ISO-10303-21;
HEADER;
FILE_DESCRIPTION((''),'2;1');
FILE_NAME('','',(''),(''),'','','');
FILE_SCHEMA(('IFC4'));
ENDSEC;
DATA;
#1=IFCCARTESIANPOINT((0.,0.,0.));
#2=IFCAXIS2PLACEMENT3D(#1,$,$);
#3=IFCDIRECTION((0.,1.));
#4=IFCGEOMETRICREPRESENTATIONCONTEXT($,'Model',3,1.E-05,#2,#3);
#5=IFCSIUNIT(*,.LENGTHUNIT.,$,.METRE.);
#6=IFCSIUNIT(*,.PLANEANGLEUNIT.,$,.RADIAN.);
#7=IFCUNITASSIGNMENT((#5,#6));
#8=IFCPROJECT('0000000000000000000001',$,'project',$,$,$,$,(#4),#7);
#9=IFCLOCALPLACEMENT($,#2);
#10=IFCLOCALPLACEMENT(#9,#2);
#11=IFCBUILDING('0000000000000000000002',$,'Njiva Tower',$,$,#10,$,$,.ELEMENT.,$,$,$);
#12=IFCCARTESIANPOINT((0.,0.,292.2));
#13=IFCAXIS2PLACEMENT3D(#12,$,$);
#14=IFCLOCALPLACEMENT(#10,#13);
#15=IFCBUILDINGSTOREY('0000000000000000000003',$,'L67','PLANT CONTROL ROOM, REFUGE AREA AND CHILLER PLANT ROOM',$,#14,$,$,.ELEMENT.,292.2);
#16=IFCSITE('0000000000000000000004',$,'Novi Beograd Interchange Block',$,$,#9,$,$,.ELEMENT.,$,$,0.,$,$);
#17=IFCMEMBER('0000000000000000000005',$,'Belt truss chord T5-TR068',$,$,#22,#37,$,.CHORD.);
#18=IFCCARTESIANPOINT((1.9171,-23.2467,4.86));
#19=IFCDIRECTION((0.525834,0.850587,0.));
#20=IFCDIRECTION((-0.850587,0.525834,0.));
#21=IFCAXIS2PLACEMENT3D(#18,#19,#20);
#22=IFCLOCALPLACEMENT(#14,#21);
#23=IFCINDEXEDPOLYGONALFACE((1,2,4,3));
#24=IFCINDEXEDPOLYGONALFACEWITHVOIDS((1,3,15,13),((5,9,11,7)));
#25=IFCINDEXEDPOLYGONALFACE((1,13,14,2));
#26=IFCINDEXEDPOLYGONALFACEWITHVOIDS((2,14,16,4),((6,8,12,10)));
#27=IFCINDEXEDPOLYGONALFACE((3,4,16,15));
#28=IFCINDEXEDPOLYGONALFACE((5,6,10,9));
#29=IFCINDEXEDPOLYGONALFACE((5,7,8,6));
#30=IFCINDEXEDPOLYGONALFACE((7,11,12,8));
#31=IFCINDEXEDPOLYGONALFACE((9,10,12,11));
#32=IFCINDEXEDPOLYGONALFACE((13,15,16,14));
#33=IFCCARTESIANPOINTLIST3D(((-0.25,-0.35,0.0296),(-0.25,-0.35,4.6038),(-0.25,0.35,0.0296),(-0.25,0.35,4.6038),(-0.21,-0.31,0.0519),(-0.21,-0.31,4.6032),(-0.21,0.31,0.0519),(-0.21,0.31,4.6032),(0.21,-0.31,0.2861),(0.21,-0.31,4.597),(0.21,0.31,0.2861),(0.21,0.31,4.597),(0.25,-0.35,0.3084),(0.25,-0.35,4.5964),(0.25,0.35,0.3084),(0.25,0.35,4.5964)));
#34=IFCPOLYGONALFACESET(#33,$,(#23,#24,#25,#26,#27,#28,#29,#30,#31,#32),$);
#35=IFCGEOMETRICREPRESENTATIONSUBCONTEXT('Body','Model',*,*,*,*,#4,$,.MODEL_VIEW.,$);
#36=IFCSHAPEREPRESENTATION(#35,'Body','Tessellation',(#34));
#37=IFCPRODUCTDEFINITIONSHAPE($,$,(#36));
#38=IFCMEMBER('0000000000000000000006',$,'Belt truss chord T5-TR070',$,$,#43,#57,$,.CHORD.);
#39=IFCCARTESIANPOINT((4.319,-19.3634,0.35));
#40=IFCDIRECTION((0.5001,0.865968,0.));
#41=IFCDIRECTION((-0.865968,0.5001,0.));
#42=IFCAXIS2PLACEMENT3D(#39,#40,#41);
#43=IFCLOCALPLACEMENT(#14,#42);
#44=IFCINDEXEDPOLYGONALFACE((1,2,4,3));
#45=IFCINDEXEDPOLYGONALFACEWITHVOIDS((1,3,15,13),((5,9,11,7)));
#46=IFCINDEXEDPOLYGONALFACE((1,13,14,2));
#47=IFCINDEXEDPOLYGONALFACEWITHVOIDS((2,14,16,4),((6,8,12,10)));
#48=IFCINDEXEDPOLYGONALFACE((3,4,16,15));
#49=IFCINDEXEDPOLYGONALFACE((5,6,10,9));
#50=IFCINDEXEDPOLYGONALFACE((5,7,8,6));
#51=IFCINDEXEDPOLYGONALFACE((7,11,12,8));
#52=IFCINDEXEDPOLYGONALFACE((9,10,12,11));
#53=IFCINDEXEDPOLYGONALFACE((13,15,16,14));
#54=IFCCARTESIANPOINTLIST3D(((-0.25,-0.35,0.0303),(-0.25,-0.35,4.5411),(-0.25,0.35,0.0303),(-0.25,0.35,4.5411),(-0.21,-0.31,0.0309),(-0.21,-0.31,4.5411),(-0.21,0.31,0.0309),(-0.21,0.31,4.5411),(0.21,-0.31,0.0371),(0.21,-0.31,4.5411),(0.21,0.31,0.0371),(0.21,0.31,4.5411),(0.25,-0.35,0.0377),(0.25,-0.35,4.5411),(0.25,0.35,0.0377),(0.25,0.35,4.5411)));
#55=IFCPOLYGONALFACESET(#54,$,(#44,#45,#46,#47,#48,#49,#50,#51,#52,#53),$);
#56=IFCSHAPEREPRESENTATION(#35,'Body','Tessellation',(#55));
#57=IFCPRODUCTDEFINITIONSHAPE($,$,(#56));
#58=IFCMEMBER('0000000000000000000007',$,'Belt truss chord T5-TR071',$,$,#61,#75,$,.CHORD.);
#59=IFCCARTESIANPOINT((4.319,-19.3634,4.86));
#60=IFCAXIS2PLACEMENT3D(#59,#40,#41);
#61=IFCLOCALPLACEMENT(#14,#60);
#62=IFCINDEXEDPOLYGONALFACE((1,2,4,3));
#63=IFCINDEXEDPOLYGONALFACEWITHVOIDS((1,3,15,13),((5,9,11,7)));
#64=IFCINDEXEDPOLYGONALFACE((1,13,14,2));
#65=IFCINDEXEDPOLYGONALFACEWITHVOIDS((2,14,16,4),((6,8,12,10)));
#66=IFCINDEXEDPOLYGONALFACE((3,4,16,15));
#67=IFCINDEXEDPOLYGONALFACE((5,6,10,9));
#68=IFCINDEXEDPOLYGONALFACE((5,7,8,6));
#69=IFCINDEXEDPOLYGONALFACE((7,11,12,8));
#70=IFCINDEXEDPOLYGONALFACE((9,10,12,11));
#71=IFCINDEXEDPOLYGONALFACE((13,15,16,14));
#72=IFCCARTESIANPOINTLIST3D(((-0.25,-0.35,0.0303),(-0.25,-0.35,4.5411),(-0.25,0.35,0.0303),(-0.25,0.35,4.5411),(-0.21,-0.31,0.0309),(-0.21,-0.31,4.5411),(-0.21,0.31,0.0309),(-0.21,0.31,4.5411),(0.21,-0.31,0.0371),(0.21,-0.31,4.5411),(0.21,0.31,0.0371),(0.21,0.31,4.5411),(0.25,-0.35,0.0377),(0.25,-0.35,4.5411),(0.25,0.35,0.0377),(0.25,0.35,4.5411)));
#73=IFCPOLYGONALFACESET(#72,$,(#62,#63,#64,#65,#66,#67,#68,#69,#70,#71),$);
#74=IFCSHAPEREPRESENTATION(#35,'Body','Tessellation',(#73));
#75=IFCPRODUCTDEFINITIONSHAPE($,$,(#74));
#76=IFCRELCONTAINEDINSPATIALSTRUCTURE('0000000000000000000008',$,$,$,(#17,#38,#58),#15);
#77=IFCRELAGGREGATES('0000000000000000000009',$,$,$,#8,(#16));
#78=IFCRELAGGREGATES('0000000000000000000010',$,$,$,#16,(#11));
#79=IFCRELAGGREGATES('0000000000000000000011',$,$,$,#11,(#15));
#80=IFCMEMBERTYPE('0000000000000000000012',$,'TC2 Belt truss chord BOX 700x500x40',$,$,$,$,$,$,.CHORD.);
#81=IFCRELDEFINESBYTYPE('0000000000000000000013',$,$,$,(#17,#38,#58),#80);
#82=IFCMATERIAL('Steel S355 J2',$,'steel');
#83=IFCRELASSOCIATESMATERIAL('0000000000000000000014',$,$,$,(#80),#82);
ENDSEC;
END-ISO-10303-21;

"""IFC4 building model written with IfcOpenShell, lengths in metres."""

from ifc_helpers import new_model, si_unit, direction, frame, origin, origin_2d, place, context, subcontext, project, spatial, hollow_rectangle, extrude, clip, halfspace, material, material_profile, profile_set, type_object, element, save


model = new_model("IFC4")

# Units and contexts
model_context = context("Model", 3, precision=1e-05, world=origin(), true_north=direction((0.0, 1.0)))
body_context = subcontext(model_context, "Body", "Model", "MODEL_VIEW")
ifc_project = project(units=[si_unit("LENGTHUNIT", "METRE"), si_unit("PLANEANGLEUNIT", "RADIAN")], contexts=[model_context])

# Site, building, storey
site_placement = place(None, origin())
site = spatial("IfcSite", under=ifc_project, at=site_placement, Name="Novi Beograd Interchange Block", CompositionType="ELEMENT", RefElevation=0.0)
building_placement = place(site_placement, origin())
building = spatial("IfcBuilding", under=site, at=building_placement, Name="Njiva Tower", CompositionType="ELEMENT")
storey_placement = place(building_placement, frame((0.0, 0.0, 292.2)))
storey = spatial("IfcBuildingStorey", under=building, at=storey_placement, Name="L67", Description="PLANT CONTROL ROOM, REFUGE AREA AND CHILLER PLANT ROOM", CompositionType="ELEMENT", Elevation=292.2)

# Shared definitions
ifc_material_1 = material(Name="Steel S355 J2", Category="steel")

# Members
ifc_material_profile_1 = material_profile(ifc_material_1, hollow_rectangle(XDim=0.5, YDim=0.7, WallThickness=0.04, at=origin_2d()), Name="BOX 700x500x40")
ifc_profile_set_1 = profile_set([ifc_material_profile_1], Name="Steel S355 J2")
member_type_1 = type_object("IfcMemberType", Name="TC2 Belt truss chord BOX 700x500x40", PredefinedType="CHORD", material=ifc_profile_set_1)
member_1_placement = place(storey_placement, frame((1.9171, -23.2467, 4.86), z_axis=(0.525834, 0.850587, 0.0), x_axis=(-0.850587, 0.525834, 0.0)))
element("IfcMember", 1, at=member_1_placement, inside=storey, type_object=member_type_1, Name="Belt truss chord T5-TR068", PredefinedType="CHORD", context=body_context, shape_type="Clipping", body=[
    clip(clip(extrude(hollow_rectangle(XDim=0.5, YDim=0.7, WallThickness=0.04, at=origin_2d()), origin(), (0.0, 0.0, 1.0), 4.6341), halfspace(frame((0.0, -297.06, 0.169), z_axis=(0.486913, 0.0, -0.873451), x_axis=(0.0, -1.0, 0.0)), False)), halfspace(frame((0.0, -297.06, 4.6001), z_axis=(0.014992, 0.0, 0.999888), x_axis=(0.0, 1.0, 0.0)), False)),
])
member_2_placement = place(storey_placement, frame((4.319, -19.3634, 0.35), z_axis=(0.5001, 0.865968, 0.0), x_axis=(-0.865968, 0.5001, 0.0)))
element("IfcMember", 2, at=member_2_placement, inside=storey, type_object=member_type_1, Name="Belt truss chord T5-TR070", PredefinedType="CHORD", context=body_context, shape_type="Clipping", body=[
    clip(extrude(hollow_rectangle(XDim=0.5, YDim=0.7, WallThickness=0.04, at=origin_2d()), origin(), (0.0, 0.0, 1.0), 4.5411), halfspace(frame((0.0, -292.55, 0.034), z_axis=(0.014988, 0.0, -0.999888), x_axis=(0.0, -1.0, 0.0)), False)),
])
member_3_placement = place(storey_placement, frame((4.319, -19.3634, 4.86), z_axis=(0.5001, 0.865968, 0.0), x_axis=(-0.865968, 0.5001, 0.0)))
element("IfcMember", 3, at=member_3_placement, inside=storey, type_object=member_type_1, Name="Belt truss chord T5-TR071", PredefinedType="CHORD", context=body_context, shape_type="Clipping", body=[
    clip(extrude(hollow_rectangle(XDim=0.5, YDim=0.7, WallThickness=0.04, at=origin_2d()), origin(), (0.0, 0.0, 1.0), 4.5411), halfspace(frame((0.0, -297.06, 0.034), z_axis=(0.014988, 0.0, -0.999888), x_axis=(0.0, -1.0, 0.0)), False)),
])

save(model, "model.ifc")
